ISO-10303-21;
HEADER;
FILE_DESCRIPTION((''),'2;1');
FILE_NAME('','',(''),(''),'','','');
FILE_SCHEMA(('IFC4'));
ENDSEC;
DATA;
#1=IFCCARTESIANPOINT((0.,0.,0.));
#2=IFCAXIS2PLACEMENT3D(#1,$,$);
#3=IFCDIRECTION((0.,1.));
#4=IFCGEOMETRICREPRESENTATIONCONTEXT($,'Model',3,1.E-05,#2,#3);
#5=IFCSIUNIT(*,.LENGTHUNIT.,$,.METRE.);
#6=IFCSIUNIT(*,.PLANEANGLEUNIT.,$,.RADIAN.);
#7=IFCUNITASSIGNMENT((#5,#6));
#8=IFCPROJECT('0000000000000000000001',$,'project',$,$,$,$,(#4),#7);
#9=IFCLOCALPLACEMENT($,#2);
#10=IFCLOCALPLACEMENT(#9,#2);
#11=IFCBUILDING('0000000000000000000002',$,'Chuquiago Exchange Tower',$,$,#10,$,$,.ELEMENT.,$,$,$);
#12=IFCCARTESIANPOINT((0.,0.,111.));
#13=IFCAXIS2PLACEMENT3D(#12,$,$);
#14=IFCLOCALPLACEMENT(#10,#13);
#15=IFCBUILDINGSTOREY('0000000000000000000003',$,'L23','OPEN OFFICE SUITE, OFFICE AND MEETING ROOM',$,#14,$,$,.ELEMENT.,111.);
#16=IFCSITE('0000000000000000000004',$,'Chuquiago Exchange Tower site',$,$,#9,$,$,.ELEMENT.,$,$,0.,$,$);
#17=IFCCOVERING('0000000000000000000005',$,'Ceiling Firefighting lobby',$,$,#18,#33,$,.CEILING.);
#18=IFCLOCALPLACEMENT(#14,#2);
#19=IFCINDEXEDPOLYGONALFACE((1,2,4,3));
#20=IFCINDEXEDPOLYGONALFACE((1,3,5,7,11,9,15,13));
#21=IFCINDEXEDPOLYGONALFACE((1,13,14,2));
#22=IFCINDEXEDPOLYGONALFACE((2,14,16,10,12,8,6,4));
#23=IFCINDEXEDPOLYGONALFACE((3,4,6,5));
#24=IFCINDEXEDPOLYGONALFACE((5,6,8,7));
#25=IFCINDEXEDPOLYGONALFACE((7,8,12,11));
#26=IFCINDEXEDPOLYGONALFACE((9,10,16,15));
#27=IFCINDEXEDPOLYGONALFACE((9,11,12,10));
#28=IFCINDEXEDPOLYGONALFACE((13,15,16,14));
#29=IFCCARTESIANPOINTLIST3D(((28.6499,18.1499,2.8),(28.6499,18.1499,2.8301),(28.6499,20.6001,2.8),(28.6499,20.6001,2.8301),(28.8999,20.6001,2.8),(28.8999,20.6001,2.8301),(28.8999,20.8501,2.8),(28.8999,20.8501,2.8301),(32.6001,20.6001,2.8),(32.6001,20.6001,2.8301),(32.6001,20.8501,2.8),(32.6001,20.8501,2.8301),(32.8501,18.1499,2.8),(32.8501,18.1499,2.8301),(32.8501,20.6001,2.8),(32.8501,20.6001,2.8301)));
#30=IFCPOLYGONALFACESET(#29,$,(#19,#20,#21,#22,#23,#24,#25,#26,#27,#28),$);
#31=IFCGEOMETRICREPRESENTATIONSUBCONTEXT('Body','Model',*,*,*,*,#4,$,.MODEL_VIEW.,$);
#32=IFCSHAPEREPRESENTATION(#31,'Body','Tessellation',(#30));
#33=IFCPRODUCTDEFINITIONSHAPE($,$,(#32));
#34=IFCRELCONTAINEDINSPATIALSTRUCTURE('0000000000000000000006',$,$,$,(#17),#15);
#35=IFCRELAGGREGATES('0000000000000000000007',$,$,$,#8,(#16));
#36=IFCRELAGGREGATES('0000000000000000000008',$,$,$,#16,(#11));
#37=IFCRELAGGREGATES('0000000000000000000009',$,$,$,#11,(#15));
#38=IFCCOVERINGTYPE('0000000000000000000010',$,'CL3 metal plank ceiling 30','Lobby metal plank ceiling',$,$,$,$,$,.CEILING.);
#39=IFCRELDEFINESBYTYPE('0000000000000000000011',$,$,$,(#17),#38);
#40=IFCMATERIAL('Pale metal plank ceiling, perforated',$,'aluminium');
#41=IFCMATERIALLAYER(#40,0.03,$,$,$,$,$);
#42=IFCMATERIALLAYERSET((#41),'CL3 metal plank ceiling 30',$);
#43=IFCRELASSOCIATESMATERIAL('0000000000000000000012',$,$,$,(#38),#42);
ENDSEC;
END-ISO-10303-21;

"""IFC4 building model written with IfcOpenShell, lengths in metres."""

from ifc_helpers import new_model, si_unit, direction, frame, origin, place, context, subcontext, project, spatial, polyline, outline, extrude, material, layer, layer_set, type_object, element, save


model = new_model("IFC4")

# Units and contexts
model_context = context("Model", 3, precision=1e-05, world=origin(), true_north=direction((0.0, 1.0)))
body_context = subcontext(model_context, "Body", "Model", "MODEL_VIEW")
ifc_project = project(units=[si_unit("LENGTHUNIT", "METRE"), si_unit("PLANEANGLEUNIT", "RADIAN")], contexts=[model_context])

# Site, building, storey
site_placement = place(None, origin())
site = spatial("IfcSite", under=ifc_project, at=site_placement, Name="Chuquiago Exchange Tower site", CompositionType="ELEMENT", RefElevation=0.0)
building_placement = place(site_placement, origin())
building = spatial("IfcBuilding", under=site, at=building_placement, Name="Chuquiago Exchange Tower", CompositionType="ELEMENT")
storey_placement = place(building_placement, frame((0.0, 0.0, 111.0)))
storey = spatial("IfcBuildingStorey", under=building, at=storey_placement, Name="L23", Description="OPEN OFFICE SUITE, OFFICE AND MEETING ROOM", CompositionType="ELEMENT", Elevation=111.0)

# Covering
ifc_material_1 = material(Name="Pale metal plank ceiling, perforated", Category="aluminium")
ifc_layer_1 = layer(ifc_material_1, 0.03)
ifc_layer_set_1 = layer_set([ifc_layer_1], Name="CL3 metal plank ceiling 30")
covering_type_1 = type_object("IfcCoveringType", Name="CL3 metal plank ceiling 30", Description="Lobby metal plank ceiling", PredefinedType="CEILING", material=ifc_layer_set_1)
covering_1_placement = place(storey_placement, frame((0.0, 0.0, 2.8)))
element("IfcCovering", 1, at=covering_1_placement, inside=storey, type_object=covering_type_1, Name="Ceiling Firefighting lobby", PredefinedType="CEILING", context=body_context, shape_type="SweptSolid", body=[
    extrude(outline(polyline([(28.6499, 18.1499), (28.6499, 20.6001), (28.8999, 20.6001), (28.8999, 20.8501), (32.6001, 20.8501), (32.6001, 20.6001), (32.8501, 20.6001), (32.8501, 18.1499), (28.6499, 18.1499)])), origin(), (0.0, 0.0, 1.0), 0.03),
])

save(model, "model.ifc")
